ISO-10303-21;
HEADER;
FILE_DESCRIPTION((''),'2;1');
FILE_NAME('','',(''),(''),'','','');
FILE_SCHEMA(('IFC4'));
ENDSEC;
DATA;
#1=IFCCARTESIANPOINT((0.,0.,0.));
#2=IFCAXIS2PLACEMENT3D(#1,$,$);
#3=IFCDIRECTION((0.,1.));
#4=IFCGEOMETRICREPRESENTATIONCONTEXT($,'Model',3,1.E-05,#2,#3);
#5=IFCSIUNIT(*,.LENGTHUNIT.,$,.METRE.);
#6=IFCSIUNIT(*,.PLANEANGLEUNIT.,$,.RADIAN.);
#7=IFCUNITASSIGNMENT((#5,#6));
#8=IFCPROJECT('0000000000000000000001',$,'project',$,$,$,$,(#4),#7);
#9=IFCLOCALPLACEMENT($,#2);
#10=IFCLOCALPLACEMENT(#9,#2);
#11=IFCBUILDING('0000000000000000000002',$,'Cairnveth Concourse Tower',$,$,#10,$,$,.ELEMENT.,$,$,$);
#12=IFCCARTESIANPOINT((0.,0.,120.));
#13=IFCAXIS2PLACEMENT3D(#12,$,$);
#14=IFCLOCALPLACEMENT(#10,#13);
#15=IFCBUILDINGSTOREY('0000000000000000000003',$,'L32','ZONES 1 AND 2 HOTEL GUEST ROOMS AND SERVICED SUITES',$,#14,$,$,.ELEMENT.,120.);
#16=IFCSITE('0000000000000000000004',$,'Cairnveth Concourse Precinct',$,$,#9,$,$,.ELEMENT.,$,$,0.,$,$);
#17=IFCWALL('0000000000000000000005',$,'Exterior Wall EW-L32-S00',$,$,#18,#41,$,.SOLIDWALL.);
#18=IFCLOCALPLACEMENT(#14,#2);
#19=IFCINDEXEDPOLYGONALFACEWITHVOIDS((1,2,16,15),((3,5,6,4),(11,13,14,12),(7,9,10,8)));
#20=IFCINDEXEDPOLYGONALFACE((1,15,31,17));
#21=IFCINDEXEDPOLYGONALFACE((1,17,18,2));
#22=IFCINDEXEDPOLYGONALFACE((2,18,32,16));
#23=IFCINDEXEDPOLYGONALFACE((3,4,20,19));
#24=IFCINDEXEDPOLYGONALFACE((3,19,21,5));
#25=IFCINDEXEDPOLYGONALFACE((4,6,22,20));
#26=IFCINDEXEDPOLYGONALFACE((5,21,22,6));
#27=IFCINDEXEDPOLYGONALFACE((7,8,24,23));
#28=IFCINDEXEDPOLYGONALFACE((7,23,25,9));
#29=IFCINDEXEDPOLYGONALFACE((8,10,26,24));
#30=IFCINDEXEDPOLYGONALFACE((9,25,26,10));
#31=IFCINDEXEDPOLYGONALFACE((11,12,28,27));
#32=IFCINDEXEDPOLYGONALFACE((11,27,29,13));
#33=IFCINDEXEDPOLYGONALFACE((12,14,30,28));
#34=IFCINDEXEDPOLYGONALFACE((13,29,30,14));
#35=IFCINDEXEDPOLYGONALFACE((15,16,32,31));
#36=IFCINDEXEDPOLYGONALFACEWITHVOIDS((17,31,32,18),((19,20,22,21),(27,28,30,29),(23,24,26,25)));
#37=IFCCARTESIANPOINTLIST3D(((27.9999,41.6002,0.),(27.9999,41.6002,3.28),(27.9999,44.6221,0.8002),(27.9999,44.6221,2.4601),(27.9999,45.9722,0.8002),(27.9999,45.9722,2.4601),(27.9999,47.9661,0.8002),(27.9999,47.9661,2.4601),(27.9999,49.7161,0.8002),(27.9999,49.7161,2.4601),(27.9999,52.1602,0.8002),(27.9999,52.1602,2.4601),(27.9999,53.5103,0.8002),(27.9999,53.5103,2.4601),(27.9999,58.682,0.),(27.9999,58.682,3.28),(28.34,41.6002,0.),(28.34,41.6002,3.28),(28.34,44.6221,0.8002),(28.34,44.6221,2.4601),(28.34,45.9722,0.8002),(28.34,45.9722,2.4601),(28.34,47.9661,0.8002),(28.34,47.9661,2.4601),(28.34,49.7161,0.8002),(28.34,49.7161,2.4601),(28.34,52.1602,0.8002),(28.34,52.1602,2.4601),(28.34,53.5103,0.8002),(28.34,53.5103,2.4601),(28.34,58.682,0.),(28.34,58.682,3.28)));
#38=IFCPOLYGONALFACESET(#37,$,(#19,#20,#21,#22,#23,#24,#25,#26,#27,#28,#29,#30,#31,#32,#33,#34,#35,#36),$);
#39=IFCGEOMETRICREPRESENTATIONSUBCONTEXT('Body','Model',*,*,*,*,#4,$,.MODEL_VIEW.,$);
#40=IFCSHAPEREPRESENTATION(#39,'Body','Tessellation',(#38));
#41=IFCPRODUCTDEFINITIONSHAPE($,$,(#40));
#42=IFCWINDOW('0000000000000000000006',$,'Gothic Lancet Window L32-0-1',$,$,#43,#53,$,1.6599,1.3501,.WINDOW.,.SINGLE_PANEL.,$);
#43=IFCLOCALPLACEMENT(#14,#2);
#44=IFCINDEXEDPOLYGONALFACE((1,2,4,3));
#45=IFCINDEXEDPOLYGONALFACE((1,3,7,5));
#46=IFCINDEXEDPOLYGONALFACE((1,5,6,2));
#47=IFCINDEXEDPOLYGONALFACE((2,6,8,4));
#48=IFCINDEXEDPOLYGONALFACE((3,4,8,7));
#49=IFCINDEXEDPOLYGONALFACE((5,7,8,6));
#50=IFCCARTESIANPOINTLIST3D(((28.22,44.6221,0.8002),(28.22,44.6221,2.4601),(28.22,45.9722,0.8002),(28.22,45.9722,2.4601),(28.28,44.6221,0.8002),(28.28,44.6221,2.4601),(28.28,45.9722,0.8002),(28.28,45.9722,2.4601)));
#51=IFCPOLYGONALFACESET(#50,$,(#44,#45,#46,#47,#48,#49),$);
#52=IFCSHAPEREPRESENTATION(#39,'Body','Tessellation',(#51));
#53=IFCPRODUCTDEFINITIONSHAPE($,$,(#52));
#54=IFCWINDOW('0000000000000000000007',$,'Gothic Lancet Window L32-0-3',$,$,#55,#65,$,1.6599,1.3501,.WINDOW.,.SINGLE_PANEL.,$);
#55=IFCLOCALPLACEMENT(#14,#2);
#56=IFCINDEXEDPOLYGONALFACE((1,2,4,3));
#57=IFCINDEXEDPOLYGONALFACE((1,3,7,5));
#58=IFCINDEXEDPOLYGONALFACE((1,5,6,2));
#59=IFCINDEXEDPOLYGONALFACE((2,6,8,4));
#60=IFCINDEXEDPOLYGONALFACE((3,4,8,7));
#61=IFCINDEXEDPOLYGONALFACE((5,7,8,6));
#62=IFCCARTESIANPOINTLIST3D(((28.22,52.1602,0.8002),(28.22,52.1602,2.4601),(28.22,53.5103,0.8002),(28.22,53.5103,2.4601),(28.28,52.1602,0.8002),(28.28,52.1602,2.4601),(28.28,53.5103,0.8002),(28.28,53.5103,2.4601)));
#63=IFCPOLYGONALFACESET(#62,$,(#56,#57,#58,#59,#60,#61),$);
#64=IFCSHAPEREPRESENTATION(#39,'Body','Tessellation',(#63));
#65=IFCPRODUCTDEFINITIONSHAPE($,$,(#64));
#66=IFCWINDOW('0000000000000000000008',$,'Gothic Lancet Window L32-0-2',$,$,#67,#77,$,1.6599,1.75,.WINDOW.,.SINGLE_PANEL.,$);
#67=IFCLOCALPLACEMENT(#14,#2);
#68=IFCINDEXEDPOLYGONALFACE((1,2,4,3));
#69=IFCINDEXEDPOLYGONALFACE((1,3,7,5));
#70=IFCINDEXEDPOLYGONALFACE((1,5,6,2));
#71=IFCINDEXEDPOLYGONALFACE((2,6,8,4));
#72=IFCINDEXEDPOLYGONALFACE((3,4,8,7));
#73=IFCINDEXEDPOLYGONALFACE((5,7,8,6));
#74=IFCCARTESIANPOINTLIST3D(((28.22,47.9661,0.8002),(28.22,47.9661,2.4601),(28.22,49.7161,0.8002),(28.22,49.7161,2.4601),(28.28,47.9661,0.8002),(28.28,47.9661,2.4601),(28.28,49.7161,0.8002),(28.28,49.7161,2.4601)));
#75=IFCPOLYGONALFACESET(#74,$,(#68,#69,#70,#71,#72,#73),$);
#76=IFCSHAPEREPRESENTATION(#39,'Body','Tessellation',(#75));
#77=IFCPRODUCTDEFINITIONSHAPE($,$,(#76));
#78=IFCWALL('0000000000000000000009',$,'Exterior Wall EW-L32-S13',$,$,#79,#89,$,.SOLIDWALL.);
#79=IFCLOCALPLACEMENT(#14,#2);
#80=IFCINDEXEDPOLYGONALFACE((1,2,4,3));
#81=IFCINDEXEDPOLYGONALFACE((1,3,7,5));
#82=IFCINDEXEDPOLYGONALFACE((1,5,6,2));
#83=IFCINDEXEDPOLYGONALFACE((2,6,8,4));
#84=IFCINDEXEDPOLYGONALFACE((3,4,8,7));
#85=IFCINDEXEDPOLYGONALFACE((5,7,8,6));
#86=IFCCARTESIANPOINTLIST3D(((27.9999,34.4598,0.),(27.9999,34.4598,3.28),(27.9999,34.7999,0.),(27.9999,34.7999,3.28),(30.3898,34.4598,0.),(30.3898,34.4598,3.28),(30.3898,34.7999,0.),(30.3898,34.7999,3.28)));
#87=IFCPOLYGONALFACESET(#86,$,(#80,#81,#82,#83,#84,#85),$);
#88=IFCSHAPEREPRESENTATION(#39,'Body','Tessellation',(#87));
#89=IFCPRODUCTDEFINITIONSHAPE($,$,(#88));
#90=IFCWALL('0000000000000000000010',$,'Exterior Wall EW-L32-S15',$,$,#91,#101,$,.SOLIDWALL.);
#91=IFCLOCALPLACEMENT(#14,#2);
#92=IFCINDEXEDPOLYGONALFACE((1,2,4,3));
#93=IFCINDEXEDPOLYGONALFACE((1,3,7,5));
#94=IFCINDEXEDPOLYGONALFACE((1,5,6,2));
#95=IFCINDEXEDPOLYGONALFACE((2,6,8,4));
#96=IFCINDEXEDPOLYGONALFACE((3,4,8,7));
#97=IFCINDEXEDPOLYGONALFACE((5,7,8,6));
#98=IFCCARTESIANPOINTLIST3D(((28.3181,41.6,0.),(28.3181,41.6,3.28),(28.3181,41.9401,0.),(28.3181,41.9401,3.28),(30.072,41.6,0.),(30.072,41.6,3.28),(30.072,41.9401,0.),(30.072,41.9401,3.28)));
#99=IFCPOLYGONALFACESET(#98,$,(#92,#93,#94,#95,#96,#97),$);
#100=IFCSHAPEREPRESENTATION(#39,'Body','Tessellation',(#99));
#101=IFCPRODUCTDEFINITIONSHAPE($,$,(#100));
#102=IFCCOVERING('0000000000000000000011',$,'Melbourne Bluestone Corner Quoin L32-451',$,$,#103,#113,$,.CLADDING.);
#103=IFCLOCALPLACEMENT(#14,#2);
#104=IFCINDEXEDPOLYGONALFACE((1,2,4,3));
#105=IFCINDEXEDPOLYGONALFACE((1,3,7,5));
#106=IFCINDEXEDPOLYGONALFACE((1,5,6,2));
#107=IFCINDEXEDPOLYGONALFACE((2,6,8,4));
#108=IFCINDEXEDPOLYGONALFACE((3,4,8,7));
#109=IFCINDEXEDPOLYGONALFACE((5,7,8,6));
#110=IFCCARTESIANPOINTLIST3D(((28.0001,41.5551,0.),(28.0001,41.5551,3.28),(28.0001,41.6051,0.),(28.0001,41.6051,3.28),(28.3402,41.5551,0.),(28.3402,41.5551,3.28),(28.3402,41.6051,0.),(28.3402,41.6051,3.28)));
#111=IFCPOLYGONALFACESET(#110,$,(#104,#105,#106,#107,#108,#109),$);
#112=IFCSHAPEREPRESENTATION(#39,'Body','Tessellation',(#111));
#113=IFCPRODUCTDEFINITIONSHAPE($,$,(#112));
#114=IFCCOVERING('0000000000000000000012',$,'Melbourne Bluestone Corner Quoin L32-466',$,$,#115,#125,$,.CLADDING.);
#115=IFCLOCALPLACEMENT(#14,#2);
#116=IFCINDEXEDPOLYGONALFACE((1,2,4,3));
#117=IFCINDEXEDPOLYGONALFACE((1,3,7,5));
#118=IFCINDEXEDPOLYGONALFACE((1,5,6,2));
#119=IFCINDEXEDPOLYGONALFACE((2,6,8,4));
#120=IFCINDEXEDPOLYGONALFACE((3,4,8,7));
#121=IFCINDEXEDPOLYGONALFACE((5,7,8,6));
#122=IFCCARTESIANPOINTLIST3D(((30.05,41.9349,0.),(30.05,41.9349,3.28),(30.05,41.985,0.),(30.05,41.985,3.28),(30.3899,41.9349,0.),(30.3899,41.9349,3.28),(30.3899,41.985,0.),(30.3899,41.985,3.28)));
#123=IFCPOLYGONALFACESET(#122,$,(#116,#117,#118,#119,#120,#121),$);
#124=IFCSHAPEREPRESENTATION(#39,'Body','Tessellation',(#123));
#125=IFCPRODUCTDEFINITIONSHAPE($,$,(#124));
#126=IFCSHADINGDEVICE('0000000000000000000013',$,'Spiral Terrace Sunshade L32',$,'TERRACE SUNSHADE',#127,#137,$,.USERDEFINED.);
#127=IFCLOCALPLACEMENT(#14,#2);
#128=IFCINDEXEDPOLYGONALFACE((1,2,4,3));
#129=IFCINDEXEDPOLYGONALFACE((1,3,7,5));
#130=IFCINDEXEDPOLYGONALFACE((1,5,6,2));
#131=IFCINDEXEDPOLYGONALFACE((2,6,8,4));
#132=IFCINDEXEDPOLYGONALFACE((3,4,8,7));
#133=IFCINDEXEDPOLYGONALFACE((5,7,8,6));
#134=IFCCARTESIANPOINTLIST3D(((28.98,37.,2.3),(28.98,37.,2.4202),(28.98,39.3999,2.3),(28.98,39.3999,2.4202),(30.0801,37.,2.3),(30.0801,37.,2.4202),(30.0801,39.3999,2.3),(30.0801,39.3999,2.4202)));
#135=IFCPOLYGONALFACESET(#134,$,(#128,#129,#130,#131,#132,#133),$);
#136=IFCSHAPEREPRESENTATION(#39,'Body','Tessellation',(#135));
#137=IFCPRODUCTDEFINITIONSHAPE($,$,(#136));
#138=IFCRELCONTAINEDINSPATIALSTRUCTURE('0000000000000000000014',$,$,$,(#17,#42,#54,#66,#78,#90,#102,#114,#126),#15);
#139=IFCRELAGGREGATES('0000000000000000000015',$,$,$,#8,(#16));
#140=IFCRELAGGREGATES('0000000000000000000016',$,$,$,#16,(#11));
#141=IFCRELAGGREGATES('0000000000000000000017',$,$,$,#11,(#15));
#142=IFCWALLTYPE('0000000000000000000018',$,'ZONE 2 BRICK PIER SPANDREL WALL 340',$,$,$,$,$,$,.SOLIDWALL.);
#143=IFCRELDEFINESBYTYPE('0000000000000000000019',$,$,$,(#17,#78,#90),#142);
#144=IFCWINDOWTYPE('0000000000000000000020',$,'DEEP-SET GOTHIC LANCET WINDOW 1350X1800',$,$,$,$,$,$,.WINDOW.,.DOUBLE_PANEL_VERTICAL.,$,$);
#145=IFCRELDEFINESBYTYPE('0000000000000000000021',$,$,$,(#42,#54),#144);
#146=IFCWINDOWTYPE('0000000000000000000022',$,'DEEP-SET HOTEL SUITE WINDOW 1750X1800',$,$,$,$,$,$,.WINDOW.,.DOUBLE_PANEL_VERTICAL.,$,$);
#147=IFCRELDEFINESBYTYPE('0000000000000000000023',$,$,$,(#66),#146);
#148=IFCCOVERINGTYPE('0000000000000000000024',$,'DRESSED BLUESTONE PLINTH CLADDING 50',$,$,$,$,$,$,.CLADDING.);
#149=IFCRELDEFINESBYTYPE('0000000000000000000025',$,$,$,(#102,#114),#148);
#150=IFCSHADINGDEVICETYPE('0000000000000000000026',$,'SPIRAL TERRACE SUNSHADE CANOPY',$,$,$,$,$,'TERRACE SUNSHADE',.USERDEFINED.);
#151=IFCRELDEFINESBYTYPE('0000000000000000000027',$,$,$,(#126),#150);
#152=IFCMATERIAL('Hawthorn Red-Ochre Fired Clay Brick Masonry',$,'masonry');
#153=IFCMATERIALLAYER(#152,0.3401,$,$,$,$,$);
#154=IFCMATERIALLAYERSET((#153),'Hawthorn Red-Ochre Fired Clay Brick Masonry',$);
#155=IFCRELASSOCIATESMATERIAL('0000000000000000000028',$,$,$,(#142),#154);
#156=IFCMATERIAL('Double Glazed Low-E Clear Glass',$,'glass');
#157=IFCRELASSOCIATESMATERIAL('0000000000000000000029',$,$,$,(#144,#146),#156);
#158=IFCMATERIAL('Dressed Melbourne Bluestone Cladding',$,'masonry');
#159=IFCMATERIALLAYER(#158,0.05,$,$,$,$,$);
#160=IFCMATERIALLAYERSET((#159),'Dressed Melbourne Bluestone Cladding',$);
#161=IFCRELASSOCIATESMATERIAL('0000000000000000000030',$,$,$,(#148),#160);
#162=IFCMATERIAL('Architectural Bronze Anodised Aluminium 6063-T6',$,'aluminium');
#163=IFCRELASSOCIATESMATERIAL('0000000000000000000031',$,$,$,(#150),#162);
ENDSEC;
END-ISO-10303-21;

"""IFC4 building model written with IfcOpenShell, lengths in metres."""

from ifc_helpers import new_model, si_unit, direction, frame, frame_2d, origin, origin_2d, place, context, subcontext, project, spatial, rectangle, extrude, material, layer, layer_set, type_object, element, fill, save


model = new_model("IFC4")

# Units and contexts
model_context = context("Model", 3, precision=1e-05, world=origin(), true_north=direction((0.0, 1.0)))
body_context = subcontext(model_context, "Body", "Model", "MODEL_VIEW")
ifc_project = project(units=[si_unit("LENGTHUNIT", "METRE"), si_unit("PLANEANGLEUNIT", "RADIAN")], contexts=[model_context])

# Site, building, storey
site_placement = place(None, origin())
site = spatial("IfcSite", under=ifc_project, at=site_placement, Name="Cairnveth Concourse Precinct", CompositionType="ELEMENT", RefElevation=0.0)
building_placement = place(site_placement, origin())
building = spatial("IfcBuilding", under=site, at=building_placement, Name="Cairnveth Concourse Tower", CompositionType="ELEMENT")
storey_placement = place(building_placement, frame((0.0, 0.0, 120.0)))
storey = spatial("IfcBuildingStorey", under=building, at=storey_placement, Name="L32", Description="ZONES 1 AND 2 HOTEL GUEST ROOMS AND SERVICED SUITES", CompositionType="ELEMENT", Elevation=120.0)

# Shared definitions
ifc_material_1 = material(Name="Dressed Melbourne Bluestone Cladding", Category="masonry")

# Wall, openings, windows
ifc_material_2 = material(Name="Hawthorn Red-Ochre Fired Clay Brick Masonry", Category="masonry")
ifc_layer_1 = layer(ifc_material_2, 0.3401)
ifc_layer_set_1 = layer_set([ifc_layer_1], Name="Hawthorn Red-Ochre Fired Clay Brick Masonry")
wall_type_1 = type_object("IfcWallType", Name="ZONE 2 BRICK PIER SPANDREL WALL 340", PredefinedType="SOLIDWALL", material=ifc_layer_set_1)
wall_1_placement = place(storey_placement, frame((28.1699, 41.6001, 0.0), z_axis=(0.0, 0.0, 1.0), x_axis=(0.0, 1.0, 0.0)))
wall_1 = element("IfcWall", 1, at=wall_1_placement, inside=storey, type_object=wall_type_1, Name="Exterior Wall EW-L32-S00", PredefinedType="SOLIDWALL", context=body_context, shape_type="SweptSolid", body=[
    extrude(rectangle(XDim=17.0818, YDim=0.3401, at=frame_2d((8.541, 0.0))), origin(), (0.0, 0.0, 1.0), 3.28),
])
opening_1_placement = place(wall_1_placement, frame((3.022, 0.0, 0.8)))
opening_1 = element("IfcOpeningElement", 2, at=opening_1_placement, cuts=wall_1, PredefinedType="OPENING", context=body_context, shape_type="SweptSolid", body=[
    extrude(rectangle(XDim=1.3501, YDim=1.6599, at=frame_2d((0.675, 0.8301))), frame((0.0, 0.1799, 0.0), z_axis=(0.0, -1.0, 0.0), x_axis=(1.0, 0.0, 0.0)), (0.0, 0.0, 1.0), 0.3601),
])
opening_2_placement = place(wall_1_placement, frame((6.366, 0.0, 0.8)))
opening_2 = element("IfcOpeningElement", 3, at=opening_2_placement, cuts=wall_1, PredefinedType="OPENING", context=body_context, shape_type="SweptSolid", body=[
    extrude(rectangle(XDim=1.75, YDim=1.6599, at=frame_2d((0.875, 0.8301))), frame((0.0, 0.1799, 0.0), z_axis=(0.0, -1.0, 0.0), x_axis=(1.0, 0.0, 0.0)), (0.0, 0.0, 1.0), 0.3601),
])
opening_3_placement = place(wall_1_placement, frame((10.5601, 0.0, 0.8)))
opening_3 = element("IfcOpeningElement", 4, at=opening_3_placement, cuts=wall_1, PredefinedType="OPENING", context=body_context, shape_type="SweptSolid", body=[
    extrude(rectangle(XDim=1.3501, YDim=1.6599, at=frame_2d((0.675, 0.8301))), frame((0.0, 0.1799, 0.0), z_axis=(0.0, -1.0, 0.0), x_axis=(1.0, 0.0, 0.0)), (0.0, 0.0, 1.0), 0.3601),
])
ifc_material_3 = material(Name="Double Glazed Low-E Clear Glass", Category="glass")
window_type_1 = type_object("IfcWindowType", Name="DEEP-SET GOTHIC LANCET WINDOW 1350X1800", PartitioningType="DOUBLE_PANEL_VERTICAL", PredefinedType="WINDOW", material=ifc_material_3)
window_1_placement = place(opening_1_placement, origin())
window_1 = element("IfcWindow", 5, at=window_1_placement, inside=storey, type_object=window_type_1, Name="Gothic Lancet Window L32-0-1", OverallHeight=1.6599, OverallWidth=1.3501, PartitioningType="SINGLE_PANEL", PredefinedType="WINDOW", context=body_context, shape_type="SweptSolid", body=[
    extrude(rectangle(XDim=1.3501, YDim=1.6599, at=frame_2d((0.675, 0.8301))), frame((0.0, -0.05, 0.0), z_axis=(0.0, -1.0, 0.0), x_axis=(1.0, 0.0, 0.0)), (0.0, 0.0, 1.0), 0.0601),
])
fill(opening_1, window_1)
window_2_placement = place(opening_3_placement, origin())
window_2 = element("IfcWindow", 6, at=window_2_placement, inside=storey, type_object=window_type_1, Name="Gothic Lancet Window L32-0-3", OverallHeight=1.6599, OverallWidth=1.3501, PartitioningType="SINGLE_PANEL", PredefinedType="WINDOW", context=body_context, shape_type="SweptSolid", body=[
    extrude(rectangle(XDim=1.3501, YDim=1.6599, at=frame_2d((0.675, 0.8301))), frame((0.0, -0.05, 0.0), z_axis=(0.0, -1.0, 0.0), x_axis=(1.0, 0.0, 0.0)), (0.0, 0.0, 1.0), 0.0601),
])
fill(opening_3, window_2)
window_type_2 = type_object("IfcWindowType", Name="DEEP-SET HOTEL SUITE WINDOW 1750X1800", PartitioningType="DOUBLE_PANEL_VERTICAL", PredefinedType="WINDOW", material=ifc_material_3)
window_3_placement = place(opening_2_placement, origin())
window_3 = element("IfcWindow", 7, at=window_3_placement, inside=storey, type_object=window_type_2, Name="Gothic Lancet Window L32-0-2", OverallHeight=1.6599, OverallWidth=1.75, PartitioningType="SINGLE_PANEL", PredefinedType="WINDOW", context=body_context, shape_type="SweptSolid", body=[
    extrude(rectangle(XDim=1.75, YDim=1.6599, at=frame_2d((0.875, 0.8301))), frame((0.0, -0.05, 0.0), z_axis=(0.0, -1.0, 0.0), x_axis=(1.0, 0.0, 0.0)), (0.0, 0.0, 1.0), 0.0601),
])
fill(opening_2, window_3)

# Wall
wall_2_placement = place(storey_placement, frame((28.0, 34.6299, 0.0), z_axis=(0.0, 0.0, 1.0), x_axis=(1.0, 0.0, 0.0)))
element("IfcWall", 8, at=wall_2_placement, inside=storey, type_object=wall_type_1, Name="Exterior Wall EW-L32-S13", PredefinedType="SOLIDWALL", context=body_context, shape_type="SweptSolid", body=[
    extrude(rectangle(XDim=2.3899, YDim=0.3401, at=frame_2d((1.1948, 0.0))), origin(), (0.0, 0.0, 1.0), 3.28),
])

# Shared definitions
ifc_material_4 = material(Name="Architectural Bronze Anodised Aluminium 6063-T6", Category="aluminium")

# Wall
wall_3_placement = place(storey_placement, frame((30.072, 41.77, 0.0), z_axis=(0.0, 0.0, 1.0), x_axis=(-1.0, 0.0, 0.0)))
element("IfcWall", 9, at=wall_3_placement, inside=storey, type_object=wall_type_1, Name="Exterior Wall EW-L32-S15", PredefinedType="SOLIDWALL", context=body_context, shape_type="SweptSolid", body=[
    extrude(rectangle(XDim=1.7539, YDim=0.3401, at=frame_2d((0.877, 0.0))), origin(), (0.0, 0.0, 1.0), 3.28),
])

# Coverings
ifc_layer_2 = layer(ifc_material_1, 0.05)
ifc_layer_set_2 = layer_set([ifc_layer_2], Name="Dressed Melbourne Bluestone Cladding")
covering_type = type_object("IfcCoveringType", Name="DRESSED BLUESTONE PLINTH CLADDING 50", PredefinedType="CLADDING", material=ifc_layer_set_2)
covering_1_placement = place(storey_placement, frame((28.3401, 41.5801, 0.0), z_axis=(0.0, 0.0, 1.0), x_axis=(-1.0, 0.0, 0.0)))
element("IfcCovering", 10, at=covering_1_placement, inside=storey, type_object=covering_type, Name="Melbourne Bluestone Corner Quoin L32-451", PredefinedType="CLADDING", context=body_context, shape_type="SweptSolid", body=[
    extrude(rectangle(XDim=0.3401, YDim=0.05, at=frame_2d((0.1699, 0.0))), origin(), (0.0, 0.0, 1.0), 3.28),
])
covering_2_placement = place(storey_placement, frame((30.3899, 41.96, 0.0), z_axis=(0.0, 0.0, 1.0), x_axis=(-1.0, 0.0, 0.0)))
element("IfcCovering", 11, at=covering_2_placement, inside=storey, type_object=covering_type, Name="Melbourne Bluestone Corner Quoin L32-466", PredefinedType="CLADDING", context=body_context, shape_type="SweptSolid", body=[
    extrude(rectangle(XDim=0.3398, YDim=0.05, at=frame_2d((0.1699, 0.0))), origin(), (0.0, 0.0, 1.0), 3.28),
])

# Shading device
shading_device_type = type_object("IfcShadingDeviceType", Name="SPIRAL TERRACE SUNSHADE CANOPY", ElementType="TERRACE SUNSHADE", PredefinedType="USERDEFINED", material=ifc_material_4)
shading_device_placement = place(storey_placement, frame((29.53, 38.2, 2.3), z_axis=(0.0, 0.0, 1.0), x_axis=(1.0, 0.0, 0.0)))
element("IfcShadingDevice", 12, at=shading_device_placement, inside=storey, type_object=shading_device_type, Name="Spiral Terrace Sunshade L32", ObjectType="TERRACE SUNSHADE", PredefinedType="USERDEFINED", context=body_context, shape_type="SweptSolid", body=[
    extrude(rectangle(XDim=1.1001, YDim=2.3999, at=origin_2d()), origin(), (0.0, 0.0, 1.0), 0.1201),
])

save(model, "model.ifc")
